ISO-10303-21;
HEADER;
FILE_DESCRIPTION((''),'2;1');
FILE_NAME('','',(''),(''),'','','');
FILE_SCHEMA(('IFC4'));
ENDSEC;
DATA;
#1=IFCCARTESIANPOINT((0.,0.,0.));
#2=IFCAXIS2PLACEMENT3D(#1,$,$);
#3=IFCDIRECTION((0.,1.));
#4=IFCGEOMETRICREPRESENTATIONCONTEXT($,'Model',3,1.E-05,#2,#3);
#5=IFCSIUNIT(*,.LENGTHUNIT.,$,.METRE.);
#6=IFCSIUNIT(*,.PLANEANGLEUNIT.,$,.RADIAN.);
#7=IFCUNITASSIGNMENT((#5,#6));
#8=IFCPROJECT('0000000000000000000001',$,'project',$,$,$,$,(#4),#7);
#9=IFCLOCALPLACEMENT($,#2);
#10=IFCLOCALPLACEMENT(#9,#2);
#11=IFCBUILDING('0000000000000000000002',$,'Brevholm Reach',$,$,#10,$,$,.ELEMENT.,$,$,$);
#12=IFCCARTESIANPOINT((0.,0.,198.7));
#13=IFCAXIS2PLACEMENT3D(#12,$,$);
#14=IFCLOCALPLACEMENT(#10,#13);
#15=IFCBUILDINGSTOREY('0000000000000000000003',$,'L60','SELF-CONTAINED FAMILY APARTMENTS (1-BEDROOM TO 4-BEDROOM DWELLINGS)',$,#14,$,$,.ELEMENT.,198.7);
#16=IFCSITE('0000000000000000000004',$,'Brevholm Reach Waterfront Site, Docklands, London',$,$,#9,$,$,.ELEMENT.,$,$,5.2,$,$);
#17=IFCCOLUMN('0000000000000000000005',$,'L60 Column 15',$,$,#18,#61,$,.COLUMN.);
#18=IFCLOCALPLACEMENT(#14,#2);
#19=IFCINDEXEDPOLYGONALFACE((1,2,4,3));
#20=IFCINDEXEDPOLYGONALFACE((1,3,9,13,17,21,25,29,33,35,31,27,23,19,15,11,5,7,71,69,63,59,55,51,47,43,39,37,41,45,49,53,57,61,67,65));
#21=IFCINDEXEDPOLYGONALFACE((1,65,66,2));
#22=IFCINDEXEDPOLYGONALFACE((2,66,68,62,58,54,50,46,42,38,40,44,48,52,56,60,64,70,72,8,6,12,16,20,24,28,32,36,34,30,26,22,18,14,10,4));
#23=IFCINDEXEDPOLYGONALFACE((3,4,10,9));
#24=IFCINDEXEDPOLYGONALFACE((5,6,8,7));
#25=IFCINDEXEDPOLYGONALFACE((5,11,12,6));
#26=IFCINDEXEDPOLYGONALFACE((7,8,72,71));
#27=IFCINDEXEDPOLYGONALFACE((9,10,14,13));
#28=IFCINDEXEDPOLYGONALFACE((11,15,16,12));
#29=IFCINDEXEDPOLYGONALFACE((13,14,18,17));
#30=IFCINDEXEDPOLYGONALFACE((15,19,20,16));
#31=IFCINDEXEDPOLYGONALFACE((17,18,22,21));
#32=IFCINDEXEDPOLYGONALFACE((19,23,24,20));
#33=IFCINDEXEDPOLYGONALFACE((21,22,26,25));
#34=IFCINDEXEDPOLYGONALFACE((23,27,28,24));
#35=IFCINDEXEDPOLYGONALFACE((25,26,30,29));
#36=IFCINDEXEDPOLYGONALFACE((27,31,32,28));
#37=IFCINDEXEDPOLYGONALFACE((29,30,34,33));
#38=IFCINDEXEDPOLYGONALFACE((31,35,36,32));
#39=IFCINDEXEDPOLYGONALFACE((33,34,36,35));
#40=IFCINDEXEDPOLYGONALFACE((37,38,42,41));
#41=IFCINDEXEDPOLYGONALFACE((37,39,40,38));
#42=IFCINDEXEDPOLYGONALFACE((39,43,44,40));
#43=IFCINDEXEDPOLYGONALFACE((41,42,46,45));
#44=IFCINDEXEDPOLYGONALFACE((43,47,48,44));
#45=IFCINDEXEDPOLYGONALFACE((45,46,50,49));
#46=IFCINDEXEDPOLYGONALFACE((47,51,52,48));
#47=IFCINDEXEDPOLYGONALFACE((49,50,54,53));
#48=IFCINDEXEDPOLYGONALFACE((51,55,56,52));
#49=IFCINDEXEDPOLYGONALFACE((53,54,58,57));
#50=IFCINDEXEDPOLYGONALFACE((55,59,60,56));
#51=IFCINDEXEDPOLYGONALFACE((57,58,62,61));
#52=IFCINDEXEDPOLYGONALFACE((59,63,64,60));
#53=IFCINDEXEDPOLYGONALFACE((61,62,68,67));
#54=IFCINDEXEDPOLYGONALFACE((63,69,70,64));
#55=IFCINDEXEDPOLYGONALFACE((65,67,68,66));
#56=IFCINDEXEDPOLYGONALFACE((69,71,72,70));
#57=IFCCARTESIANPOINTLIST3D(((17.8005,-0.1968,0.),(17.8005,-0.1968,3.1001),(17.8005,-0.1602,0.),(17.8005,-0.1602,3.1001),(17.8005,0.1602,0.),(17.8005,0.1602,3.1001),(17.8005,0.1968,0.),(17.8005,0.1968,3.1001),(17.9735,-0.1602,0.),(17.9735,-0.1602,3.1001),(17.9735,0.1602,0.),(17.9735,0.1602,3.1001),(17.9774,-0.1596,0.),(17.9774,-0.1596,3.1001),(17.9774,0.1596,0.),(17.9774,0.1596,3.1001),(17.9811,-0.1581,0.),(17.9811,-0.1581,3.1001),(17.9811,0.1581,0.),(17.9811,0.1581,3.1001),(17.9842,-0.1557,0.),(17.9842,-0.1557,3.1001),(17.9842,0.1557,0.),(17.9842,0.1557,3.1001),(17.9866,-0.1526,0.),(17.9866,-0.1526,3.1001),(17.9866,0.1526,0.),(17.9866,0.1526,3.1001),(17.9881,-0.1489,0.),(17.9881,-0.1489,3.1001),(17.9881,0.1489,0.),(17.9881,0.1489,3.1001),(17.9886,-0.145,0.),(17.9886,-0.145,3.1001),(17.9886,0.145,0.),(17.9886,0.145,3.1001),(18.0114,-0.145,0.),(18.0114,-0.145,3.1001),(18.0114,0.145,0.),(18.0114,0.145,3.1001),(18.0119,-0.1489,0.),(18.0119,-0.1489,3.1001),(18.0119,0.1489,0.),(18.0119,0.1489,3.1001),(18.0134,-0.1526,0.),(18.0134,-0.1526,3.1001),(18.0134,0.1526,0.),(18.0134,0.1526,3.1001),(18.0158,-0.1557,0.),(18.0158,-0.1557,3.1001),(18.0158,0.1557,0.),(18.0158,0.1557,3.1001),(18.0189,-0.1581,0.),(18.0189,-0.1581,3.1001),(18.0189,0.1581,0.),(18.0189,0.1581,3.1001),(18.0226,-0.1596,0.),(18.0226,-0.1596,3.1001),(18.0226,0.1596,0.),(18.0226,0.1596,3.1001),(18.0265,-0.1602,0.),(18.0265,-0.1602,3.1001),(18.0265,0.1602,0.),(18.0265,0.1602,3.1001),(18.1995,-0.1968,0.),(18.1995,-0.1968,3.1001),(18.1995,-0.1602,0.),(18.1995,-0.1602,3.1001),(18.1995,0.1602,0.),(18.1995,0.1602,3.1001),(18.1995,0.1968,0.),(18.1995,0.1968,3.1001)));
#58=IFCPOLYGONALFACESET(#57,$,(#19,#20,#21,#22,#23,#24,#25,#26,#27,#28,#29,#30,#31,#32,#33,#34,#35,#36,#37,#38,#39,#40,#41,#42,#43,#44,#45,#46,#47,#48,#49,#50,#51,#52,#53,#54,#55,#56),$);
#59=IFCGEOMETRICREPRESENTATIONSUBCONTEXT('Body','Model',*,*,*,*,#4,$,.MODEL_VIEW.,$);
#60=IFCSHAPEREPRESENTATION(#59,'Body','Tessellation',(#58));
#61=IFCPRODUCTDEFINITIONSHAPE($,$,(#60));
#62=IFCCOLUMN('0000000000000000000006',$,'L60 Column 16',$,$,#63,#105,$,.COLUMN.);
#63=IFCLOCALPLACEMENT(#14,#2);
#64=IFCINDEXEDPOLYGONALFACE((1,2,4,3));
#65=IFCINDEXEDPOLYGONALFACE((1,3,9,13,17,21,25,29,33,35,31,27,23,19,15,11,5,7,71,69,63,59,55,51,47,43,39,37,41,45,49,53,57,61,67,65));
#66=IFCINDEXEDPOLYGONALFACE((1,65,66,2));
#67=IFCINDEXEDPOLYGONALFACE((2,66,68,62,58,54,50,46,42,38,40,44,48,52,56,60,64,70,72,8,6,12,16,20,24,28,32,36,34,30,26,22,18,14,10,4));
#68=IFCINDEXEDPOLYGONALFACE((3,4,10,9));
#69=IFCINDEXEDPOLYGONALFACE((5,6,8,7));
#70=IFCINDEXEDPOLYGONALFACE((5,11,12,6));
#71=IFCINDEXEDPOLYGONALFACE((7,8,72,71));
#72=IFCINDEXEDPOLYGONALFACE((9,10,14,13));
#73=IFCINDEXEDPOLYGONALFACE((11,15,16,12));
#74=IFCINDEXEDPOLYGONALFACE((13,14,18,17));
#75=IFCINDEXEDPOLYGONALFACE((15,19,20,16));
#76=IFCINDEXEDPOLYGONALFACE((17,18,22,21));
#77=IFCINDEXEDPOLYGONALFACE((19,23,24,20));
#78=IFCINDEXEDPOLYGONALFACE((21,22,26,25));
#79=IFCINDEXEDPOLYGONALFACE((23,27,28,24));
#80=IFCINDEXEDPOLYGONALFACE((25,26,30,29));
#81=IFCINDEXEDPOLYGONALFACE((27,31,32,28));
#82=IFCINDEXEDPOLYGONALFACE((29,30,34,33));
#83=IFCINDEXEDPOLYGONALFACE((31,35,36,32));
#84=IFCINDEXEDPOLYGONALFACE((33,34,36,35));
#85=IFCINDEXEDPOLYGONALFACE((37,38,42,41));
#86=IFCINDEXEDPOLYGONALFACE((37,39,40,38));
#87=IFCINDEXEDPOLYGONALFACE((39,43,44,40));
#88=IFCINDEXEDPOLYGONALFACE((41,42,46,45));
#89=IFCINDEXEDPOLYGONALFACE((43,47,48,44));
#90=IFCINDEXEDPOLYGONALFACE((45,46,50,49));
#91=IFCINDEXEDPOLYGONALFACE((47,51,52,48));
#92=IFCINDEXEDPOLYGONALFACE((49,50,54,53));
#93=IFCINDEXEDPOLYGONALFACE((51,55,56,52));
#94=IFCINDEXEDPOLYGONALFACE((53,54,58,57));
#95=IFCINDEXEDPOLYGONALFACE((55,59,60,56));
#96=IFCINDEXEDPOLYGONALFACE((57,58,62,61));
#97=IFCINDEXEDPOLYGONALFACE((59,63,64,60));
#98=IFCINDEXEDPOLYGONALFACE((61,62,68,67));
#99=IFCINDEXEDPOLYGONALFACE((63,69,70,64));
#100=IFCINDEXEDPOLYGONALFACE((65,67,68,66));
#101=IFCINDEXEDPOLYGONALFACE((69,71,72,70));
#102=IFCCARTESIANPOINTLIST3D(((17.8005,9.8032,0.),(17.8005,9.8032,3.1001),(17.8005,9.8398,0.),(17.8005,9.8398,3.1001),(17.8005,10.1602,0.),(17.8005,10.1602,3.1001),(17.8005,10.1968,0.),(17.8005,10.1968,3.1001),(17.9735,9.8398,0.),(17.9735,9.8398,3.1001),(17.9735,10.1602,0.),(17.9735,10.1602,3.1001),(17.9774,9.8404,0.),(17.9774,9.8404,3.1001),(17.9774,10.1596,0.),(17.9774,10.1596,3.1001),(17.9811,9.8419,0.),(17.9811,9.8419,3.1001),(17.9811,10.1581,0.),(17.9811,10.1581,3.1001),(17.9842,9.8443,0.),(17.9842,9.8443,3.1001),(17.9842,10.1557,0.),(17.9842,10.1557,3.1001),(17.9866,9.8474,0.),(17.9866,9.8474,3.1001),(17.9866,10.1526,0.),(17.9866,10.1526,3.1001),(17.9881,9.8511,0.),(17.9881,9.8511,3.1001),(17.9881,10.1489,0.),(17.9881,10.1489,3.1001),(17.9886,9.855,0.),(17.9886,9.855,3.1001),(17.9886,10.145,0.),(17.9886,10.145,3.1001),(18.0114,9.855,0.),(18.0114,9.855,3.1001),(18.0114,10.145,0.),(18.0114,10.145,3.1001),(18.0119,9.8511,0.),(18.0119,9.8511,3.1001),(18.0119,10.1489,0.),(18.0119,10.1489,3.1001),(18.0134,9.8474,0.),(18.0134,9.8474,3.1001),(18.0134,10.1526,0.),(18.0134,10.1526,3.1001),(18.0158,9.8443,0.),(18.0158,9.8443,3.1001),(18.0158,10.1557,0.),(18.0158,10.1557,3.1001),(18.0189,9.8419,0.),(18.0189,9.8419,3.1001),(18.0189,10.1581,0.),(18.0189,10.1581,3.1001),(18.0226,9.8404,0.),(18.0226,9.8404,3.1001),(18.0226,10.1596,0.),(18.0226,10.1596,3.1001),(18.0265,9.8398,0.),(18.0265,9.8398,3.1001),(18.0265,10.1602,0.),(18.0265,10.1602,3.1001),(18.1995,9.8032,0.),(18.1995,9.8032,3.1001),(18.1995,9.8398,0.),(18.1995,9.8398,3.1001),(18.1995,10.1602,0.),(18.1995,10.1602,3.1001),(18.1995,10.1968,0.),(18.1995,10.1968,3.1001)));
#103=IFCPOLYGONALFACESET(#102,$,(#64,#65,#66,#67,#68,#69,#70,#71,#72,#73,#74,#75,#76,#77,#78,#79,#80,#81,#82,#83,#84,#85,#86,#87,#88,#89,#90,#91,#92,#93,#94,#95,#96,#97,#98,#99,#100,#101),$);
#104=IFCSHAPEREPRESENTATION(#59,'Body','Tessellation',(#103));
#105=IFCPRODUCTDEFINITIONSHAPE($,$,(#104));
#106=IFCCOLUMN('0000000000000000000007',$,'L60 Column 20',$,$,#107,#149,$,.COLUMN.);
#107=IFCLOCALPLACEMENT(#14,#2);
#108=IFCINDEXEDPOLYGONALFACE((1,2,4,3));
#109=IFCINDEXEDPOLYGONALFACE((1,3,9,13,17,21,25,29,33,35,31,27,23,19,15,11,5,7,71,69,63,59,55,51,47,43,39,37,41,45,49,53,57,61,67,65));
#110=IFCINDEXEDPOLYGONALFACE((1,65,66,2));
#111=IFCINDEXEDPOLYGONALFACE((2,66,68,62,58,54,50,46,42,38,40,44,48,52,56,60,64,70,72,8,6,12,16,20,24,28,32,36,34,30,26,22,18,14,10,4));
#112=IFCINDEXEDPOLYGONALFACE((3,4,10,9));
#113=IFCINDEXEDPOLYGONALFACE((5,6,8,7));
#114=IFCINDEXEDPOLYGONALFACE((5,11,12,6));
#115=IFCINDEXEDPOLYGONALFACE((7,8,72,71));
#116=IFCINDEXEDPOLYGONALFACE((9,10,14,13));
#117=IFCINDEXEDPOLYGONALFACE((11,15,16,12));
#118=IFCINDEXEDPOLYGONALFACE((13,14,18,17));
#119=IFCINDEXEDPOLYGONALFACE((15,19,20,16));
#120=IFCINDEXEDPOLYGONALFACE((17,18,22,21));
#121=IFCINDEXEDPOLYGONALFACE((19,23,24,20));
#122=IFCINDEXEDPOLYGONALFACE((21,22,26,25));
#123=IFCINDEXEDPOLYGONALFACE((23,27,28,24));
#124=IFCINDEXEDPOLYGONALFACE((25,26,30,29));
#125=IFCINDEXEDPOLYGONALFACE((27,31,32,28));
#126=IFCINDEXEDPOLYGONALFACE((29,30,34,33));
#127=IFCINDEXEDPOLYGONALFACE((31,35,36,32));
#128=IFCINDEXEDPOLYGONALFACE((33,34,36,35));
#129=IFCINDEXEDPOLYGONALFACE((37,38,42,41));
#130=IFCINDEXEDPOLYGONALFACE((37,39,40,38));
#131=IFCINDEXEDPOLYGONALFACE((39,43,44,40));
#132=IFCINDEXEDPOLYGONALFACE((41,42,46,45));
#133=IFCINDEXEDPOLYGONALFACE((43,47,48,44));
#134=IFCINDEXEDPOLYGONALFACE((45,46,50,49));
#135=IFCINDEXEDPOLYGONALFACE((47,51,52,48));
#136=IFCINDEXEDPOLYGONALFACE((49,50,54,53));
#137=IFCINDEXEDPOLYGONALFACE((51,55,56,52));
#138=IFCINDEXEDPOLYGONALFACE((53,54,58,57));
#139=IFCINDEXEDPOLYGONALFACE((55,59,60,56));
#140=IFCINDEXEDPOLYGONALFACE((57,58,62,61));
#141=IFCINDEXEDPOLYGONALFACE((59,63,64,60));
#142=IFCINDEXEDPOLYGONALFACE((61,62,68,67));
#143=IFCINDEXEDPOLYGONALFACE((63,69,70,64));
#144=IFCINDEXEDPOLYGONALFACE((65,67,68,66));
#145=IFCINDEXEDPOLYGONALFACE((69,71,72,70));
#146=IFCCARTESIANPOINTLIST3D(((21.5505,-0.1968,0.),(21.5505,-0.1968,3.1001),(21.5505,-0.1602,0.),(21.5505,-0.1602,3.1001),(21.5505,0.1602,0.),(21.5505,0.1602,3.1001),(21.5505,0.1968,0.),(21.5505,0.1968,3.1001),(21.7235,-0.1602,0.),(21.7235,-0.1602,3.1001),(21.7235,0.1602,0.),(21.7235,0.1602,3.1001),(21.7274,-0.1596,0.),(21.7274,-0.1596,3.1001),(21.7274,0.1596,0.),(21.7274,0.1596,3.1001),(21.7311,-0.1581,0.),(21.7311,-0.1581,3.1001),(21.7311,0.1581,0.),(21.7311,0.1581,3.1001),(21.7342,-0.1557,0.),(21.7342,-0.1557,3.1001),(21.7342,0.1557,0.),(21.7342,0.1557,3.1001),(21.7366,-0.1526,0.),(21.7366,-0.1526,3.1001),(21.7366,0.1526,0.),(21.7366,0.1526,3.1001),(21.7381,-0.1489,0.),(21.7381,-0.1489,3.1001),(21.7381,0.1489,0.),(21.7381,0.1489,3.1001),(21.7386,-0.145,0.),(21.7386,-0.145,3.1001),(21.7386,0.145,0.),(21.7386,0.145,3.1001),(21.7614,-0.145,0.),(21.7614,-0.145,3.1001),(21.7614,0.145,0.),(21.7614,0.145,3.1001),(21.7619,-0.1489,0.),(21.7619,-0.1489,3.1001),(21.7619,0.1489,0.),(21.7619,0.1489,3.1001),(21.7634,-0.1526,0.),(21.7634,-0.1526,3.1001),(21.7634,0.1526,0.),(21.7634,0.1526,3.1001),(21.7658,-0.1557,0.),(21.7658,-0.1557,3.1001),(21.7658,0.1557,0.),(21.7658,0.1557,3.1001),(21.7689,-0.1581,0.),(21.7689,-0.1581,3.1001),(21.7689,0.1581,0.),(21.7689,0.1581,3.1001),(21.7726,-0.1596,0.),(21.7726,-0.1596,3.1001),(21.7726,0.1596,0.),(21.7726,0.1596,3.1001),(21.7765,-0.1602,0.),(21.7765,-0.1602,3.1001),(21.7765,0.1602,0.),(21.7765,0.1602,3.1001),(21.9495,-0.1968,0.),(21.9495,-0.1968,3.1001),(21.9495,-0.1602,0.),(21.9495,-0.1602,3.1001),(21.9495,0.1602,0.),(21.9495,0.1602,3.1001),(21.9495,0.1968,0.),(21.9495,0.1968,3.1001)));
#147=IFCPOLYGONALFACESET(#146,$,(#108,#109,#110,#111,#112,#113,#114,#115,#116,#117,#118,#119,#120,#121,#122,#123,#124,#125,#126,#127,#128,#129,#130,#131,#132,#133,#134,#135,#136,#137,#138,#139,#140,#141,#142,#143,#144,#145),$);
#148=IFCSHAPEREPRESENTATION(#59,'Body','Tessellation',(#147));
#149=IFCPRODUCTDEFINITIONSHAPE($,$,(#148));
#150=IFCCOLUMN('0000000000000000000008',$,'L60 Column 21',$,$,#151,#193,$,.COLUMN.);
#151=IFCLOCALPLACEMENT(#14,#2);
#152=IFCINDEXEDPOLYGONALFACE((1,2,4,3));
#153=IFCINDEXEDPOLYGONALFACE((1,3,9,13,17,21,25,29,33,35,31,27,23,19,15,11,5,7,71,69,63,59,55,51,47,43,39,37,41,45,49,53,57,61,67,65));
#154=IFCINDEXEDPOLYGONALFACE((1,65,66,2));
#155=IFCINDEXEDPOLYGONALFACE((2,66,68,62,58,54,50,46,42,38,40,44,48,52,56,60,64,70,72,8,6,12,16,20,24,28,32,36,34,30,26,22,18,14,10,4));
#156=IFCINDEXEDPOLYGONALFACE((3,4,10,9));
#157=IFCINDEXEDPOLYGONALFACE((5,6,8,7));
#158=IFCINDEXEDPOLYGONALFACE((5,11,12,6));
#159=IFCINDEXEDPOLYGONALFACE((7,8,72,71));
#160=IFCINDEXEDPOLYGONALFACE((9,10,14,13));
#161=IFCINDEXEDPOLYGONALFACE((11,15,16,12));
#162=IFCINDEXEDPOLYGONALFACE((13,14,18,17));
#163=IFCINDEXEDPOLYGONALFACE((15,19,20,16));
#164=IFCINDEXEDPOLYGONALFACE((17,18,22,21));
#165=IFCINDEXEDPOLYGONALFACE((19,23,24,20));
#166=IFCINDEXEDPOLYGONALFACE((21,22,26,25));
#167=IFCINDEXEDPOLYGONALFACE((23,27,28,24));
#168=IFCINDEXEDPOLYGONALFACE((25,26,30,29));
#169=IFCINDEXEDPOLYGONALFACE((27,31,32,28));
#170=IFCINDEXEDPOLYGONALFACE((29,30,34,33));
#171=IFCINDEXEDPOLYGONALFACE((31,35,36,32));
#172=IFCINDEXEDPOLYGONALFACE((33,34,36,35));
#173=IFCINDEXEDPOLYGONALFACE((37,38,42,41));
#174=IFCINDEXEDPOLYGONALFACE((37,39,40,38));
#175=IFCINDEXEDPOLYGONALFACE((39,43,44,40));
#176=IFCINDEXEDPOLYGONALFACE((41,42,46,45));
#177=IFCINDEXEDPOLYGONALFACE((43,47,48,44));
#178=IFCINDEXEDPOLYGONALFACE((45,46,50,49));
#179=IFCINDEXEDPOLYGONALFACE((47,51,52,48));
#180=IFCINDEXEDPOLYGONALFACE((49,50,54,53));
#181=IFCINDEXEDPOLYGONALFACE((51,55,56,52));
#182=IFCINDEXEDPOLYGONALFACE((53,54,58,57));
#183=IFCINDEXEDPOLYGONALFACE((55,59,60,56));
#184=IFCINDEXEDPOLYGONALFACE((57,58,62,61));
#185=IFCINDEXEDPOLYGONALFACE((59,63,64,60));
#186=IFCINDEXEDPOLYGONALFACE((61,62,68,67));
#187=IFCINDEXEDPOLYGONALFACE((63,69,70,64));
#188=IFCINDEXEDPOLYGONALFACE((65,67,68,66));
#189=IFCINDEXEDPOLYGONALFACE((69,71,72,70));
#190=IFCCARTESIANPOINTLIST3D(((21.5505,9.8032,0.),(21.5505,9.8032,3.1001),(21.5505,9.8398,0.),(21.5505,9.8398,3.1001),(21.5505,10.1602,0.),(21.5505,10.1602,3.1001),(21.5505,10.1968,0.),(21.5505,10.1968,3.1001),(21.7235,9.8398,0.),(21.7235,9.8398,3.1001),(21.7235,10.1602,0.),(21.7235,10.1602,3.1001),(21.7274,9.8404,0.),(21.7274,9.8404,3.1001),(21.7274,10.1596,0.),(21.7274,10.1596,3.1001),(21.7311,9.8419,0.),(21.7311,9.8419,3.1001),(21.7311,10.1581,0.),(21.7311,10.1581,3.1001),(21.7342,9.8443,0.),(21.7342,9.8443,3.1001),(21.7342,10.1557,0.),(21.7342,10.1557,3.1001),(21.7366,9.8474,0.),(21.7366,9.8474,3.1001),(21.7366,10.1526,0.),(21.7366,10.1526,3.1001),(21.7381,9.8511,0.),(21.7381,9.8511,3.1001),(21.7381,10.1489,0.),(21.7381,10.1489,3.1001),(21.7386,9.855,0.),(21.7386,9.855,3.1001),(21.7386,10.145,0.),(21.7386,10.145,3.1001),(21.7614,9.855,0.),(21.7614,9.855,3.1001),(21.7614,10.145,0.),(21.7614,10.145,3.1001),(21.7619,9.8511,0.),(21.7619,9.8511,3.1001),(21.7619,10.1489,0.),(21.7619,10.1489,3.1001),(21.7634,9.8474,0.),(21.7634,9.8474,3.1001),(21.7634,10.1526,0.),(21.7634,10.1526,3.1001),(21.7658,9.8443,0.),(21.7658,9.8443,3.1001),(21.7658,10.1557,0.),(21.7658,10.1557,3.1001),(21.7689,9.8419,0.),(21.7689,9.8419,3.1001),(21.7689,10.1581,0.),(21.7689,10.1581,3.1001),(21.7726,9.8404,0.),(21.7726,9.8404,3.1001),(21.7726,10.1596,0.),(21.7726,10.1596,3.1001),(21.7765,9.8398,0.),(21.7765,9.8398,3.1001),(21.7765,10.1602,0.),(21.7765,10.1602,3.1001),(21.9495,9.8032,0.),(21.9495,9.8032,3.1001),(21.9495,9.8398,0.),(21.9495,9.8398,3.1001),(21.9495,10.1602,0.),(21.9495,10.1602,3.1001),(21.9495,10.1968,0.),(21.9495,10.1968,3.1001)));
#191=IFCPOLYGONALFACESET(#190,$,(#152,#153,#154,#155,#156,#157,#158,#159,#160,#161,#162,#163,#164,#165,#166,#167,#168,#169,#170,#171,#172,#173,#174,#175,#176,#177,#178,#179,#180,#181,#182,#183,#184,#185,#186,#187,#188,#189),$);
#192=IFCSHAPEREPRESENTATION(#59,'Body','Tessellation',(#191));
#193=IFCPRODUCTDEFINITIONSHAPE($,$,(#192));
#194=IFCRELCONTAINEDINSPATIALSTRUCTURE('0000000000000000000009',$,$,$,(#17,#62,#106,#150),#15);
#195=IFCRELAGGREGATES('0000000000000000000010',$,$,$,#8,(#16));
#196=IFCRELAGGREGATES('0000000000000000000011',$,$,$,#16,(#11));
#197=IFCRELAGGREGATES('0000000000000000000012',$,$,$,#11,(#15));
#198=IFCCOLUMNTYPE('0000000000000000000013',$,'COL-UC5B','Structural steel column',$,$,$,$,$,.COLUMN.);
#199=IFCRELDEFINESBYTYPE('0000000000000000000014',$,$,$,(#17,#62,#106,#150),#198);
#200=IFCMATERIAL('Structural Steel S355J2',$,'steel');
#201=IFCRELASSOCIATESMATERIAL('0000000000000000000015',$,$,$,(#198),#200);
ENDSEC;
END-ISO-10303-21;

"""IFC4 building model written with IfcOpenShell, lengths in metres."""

from ifc_helpers import new_model, si_unit, direction, frame, origin, origin_2d, place, context, subcontext, project, spatial, i_section, extrude, material, material_profile, profile_set, type_object, element, save


model = new_model("IFC4")

# Units and contexts
model_context = context("Model", 3, precision=1e-05, world=origin(), true_north=direction((0.0, 1.0)))
body_context = subcontext(model_context, "Body", "Model", "MODEL_VIEW")
ifc_project = project(units=[si_unit("LENGTHUNIT", "METRE"), si_unit("PLANEANGLEUNIT", "RADIAN")], contexts=[model_context])

# Site, building, storey
site_placement = place(None, origin())
site = spatial("IfcSite", under=ifc_project, at=site_placement, Name="Brevholm Reach Waterfront Site, Docklands, London", CompositionType="ELEMENT", RefElevation=5.2)
building_placement = place(site_placement, origin())
building = spatial("IfcBuilding", under=site, at=building_placement, Name="Brevholm Reach", CompositionType="ELEMENT")
storey_placement = place(building_placement, frame((0.0, 0.0, 198.7)))
storey = spatial("IfcBuildingStorey", under=building, at=storey_placement, Name="L60", Description="SELF-CONTAINED FAMILY APARTMENTS (1-BEDROOM TO 4-BEDROOM DWELLINGS)", CompositionType="ELEMENT", Elevation=198.7)

# Columns
ifc_material_1 = material(Name="Structural Steel S355J2", Category="steel")
ifc_material_profile_1 = material_profile(ifc_material_1, i_section(OverallWidth=0.3989, OverallDepth=0.3936, WebThickness=0.0227, FlangeThickness=0.0366, FilletRadius=0.0151, at=origin_2d()), Name="UKC 356x406x287")
ifc_profile_set_1 = profile_set([ifc_material_profile_1], Name="Structural Steel S355J2")
column_type = type_object("IfcColumnType", Name="COL-UC5B", Description="Structural steel column", PredefinedType="COLUMN", material=ifc_profile_set_1)
for number, where, z_axis, x_axis, name in (
    (1, (18.0, 0.0, 0.0), (0.0, 0.0, 1.0), (1.0, 0.0, 0.0), "L60 Column 15"),
    (2, (18.0, 10.0, 0.0), (0.0, 0.0, 1.0), (1.0, 0.0, 0.0), "L60 Column 16"),
    (3, (21.75, 0.0, 0.0), (0.0, 0.0, 1.0), (1.0, 0.0, 0.0), "L60 Column 20"),
    (4, (21.75, 10.0, 0.0), (0.0, 0.0, 1.0), (1.0, 0.0, 0.0), "L60 Column 21"),
):
    element("IfcColumn", number, at=place(storey_placement, frame(where, z_axis=z_axis, x_axis=x_axis)), inside=storey, type_object=column_type, Name=name, PredefinedType="COLUMN", context=body_context, shape_type="SweptSolid", body=[
        extrude(i_section(OverallWidth=0.3989, OverallDepth=0.3936, WebThickness=0.0227, FlangeThickness=0.0366, FilletRadius=0.0151, at=origin_2d()), origin(), (0.0, 0.0, 1.0), 3.1001),
    ])

save(model, "model.ifc")
